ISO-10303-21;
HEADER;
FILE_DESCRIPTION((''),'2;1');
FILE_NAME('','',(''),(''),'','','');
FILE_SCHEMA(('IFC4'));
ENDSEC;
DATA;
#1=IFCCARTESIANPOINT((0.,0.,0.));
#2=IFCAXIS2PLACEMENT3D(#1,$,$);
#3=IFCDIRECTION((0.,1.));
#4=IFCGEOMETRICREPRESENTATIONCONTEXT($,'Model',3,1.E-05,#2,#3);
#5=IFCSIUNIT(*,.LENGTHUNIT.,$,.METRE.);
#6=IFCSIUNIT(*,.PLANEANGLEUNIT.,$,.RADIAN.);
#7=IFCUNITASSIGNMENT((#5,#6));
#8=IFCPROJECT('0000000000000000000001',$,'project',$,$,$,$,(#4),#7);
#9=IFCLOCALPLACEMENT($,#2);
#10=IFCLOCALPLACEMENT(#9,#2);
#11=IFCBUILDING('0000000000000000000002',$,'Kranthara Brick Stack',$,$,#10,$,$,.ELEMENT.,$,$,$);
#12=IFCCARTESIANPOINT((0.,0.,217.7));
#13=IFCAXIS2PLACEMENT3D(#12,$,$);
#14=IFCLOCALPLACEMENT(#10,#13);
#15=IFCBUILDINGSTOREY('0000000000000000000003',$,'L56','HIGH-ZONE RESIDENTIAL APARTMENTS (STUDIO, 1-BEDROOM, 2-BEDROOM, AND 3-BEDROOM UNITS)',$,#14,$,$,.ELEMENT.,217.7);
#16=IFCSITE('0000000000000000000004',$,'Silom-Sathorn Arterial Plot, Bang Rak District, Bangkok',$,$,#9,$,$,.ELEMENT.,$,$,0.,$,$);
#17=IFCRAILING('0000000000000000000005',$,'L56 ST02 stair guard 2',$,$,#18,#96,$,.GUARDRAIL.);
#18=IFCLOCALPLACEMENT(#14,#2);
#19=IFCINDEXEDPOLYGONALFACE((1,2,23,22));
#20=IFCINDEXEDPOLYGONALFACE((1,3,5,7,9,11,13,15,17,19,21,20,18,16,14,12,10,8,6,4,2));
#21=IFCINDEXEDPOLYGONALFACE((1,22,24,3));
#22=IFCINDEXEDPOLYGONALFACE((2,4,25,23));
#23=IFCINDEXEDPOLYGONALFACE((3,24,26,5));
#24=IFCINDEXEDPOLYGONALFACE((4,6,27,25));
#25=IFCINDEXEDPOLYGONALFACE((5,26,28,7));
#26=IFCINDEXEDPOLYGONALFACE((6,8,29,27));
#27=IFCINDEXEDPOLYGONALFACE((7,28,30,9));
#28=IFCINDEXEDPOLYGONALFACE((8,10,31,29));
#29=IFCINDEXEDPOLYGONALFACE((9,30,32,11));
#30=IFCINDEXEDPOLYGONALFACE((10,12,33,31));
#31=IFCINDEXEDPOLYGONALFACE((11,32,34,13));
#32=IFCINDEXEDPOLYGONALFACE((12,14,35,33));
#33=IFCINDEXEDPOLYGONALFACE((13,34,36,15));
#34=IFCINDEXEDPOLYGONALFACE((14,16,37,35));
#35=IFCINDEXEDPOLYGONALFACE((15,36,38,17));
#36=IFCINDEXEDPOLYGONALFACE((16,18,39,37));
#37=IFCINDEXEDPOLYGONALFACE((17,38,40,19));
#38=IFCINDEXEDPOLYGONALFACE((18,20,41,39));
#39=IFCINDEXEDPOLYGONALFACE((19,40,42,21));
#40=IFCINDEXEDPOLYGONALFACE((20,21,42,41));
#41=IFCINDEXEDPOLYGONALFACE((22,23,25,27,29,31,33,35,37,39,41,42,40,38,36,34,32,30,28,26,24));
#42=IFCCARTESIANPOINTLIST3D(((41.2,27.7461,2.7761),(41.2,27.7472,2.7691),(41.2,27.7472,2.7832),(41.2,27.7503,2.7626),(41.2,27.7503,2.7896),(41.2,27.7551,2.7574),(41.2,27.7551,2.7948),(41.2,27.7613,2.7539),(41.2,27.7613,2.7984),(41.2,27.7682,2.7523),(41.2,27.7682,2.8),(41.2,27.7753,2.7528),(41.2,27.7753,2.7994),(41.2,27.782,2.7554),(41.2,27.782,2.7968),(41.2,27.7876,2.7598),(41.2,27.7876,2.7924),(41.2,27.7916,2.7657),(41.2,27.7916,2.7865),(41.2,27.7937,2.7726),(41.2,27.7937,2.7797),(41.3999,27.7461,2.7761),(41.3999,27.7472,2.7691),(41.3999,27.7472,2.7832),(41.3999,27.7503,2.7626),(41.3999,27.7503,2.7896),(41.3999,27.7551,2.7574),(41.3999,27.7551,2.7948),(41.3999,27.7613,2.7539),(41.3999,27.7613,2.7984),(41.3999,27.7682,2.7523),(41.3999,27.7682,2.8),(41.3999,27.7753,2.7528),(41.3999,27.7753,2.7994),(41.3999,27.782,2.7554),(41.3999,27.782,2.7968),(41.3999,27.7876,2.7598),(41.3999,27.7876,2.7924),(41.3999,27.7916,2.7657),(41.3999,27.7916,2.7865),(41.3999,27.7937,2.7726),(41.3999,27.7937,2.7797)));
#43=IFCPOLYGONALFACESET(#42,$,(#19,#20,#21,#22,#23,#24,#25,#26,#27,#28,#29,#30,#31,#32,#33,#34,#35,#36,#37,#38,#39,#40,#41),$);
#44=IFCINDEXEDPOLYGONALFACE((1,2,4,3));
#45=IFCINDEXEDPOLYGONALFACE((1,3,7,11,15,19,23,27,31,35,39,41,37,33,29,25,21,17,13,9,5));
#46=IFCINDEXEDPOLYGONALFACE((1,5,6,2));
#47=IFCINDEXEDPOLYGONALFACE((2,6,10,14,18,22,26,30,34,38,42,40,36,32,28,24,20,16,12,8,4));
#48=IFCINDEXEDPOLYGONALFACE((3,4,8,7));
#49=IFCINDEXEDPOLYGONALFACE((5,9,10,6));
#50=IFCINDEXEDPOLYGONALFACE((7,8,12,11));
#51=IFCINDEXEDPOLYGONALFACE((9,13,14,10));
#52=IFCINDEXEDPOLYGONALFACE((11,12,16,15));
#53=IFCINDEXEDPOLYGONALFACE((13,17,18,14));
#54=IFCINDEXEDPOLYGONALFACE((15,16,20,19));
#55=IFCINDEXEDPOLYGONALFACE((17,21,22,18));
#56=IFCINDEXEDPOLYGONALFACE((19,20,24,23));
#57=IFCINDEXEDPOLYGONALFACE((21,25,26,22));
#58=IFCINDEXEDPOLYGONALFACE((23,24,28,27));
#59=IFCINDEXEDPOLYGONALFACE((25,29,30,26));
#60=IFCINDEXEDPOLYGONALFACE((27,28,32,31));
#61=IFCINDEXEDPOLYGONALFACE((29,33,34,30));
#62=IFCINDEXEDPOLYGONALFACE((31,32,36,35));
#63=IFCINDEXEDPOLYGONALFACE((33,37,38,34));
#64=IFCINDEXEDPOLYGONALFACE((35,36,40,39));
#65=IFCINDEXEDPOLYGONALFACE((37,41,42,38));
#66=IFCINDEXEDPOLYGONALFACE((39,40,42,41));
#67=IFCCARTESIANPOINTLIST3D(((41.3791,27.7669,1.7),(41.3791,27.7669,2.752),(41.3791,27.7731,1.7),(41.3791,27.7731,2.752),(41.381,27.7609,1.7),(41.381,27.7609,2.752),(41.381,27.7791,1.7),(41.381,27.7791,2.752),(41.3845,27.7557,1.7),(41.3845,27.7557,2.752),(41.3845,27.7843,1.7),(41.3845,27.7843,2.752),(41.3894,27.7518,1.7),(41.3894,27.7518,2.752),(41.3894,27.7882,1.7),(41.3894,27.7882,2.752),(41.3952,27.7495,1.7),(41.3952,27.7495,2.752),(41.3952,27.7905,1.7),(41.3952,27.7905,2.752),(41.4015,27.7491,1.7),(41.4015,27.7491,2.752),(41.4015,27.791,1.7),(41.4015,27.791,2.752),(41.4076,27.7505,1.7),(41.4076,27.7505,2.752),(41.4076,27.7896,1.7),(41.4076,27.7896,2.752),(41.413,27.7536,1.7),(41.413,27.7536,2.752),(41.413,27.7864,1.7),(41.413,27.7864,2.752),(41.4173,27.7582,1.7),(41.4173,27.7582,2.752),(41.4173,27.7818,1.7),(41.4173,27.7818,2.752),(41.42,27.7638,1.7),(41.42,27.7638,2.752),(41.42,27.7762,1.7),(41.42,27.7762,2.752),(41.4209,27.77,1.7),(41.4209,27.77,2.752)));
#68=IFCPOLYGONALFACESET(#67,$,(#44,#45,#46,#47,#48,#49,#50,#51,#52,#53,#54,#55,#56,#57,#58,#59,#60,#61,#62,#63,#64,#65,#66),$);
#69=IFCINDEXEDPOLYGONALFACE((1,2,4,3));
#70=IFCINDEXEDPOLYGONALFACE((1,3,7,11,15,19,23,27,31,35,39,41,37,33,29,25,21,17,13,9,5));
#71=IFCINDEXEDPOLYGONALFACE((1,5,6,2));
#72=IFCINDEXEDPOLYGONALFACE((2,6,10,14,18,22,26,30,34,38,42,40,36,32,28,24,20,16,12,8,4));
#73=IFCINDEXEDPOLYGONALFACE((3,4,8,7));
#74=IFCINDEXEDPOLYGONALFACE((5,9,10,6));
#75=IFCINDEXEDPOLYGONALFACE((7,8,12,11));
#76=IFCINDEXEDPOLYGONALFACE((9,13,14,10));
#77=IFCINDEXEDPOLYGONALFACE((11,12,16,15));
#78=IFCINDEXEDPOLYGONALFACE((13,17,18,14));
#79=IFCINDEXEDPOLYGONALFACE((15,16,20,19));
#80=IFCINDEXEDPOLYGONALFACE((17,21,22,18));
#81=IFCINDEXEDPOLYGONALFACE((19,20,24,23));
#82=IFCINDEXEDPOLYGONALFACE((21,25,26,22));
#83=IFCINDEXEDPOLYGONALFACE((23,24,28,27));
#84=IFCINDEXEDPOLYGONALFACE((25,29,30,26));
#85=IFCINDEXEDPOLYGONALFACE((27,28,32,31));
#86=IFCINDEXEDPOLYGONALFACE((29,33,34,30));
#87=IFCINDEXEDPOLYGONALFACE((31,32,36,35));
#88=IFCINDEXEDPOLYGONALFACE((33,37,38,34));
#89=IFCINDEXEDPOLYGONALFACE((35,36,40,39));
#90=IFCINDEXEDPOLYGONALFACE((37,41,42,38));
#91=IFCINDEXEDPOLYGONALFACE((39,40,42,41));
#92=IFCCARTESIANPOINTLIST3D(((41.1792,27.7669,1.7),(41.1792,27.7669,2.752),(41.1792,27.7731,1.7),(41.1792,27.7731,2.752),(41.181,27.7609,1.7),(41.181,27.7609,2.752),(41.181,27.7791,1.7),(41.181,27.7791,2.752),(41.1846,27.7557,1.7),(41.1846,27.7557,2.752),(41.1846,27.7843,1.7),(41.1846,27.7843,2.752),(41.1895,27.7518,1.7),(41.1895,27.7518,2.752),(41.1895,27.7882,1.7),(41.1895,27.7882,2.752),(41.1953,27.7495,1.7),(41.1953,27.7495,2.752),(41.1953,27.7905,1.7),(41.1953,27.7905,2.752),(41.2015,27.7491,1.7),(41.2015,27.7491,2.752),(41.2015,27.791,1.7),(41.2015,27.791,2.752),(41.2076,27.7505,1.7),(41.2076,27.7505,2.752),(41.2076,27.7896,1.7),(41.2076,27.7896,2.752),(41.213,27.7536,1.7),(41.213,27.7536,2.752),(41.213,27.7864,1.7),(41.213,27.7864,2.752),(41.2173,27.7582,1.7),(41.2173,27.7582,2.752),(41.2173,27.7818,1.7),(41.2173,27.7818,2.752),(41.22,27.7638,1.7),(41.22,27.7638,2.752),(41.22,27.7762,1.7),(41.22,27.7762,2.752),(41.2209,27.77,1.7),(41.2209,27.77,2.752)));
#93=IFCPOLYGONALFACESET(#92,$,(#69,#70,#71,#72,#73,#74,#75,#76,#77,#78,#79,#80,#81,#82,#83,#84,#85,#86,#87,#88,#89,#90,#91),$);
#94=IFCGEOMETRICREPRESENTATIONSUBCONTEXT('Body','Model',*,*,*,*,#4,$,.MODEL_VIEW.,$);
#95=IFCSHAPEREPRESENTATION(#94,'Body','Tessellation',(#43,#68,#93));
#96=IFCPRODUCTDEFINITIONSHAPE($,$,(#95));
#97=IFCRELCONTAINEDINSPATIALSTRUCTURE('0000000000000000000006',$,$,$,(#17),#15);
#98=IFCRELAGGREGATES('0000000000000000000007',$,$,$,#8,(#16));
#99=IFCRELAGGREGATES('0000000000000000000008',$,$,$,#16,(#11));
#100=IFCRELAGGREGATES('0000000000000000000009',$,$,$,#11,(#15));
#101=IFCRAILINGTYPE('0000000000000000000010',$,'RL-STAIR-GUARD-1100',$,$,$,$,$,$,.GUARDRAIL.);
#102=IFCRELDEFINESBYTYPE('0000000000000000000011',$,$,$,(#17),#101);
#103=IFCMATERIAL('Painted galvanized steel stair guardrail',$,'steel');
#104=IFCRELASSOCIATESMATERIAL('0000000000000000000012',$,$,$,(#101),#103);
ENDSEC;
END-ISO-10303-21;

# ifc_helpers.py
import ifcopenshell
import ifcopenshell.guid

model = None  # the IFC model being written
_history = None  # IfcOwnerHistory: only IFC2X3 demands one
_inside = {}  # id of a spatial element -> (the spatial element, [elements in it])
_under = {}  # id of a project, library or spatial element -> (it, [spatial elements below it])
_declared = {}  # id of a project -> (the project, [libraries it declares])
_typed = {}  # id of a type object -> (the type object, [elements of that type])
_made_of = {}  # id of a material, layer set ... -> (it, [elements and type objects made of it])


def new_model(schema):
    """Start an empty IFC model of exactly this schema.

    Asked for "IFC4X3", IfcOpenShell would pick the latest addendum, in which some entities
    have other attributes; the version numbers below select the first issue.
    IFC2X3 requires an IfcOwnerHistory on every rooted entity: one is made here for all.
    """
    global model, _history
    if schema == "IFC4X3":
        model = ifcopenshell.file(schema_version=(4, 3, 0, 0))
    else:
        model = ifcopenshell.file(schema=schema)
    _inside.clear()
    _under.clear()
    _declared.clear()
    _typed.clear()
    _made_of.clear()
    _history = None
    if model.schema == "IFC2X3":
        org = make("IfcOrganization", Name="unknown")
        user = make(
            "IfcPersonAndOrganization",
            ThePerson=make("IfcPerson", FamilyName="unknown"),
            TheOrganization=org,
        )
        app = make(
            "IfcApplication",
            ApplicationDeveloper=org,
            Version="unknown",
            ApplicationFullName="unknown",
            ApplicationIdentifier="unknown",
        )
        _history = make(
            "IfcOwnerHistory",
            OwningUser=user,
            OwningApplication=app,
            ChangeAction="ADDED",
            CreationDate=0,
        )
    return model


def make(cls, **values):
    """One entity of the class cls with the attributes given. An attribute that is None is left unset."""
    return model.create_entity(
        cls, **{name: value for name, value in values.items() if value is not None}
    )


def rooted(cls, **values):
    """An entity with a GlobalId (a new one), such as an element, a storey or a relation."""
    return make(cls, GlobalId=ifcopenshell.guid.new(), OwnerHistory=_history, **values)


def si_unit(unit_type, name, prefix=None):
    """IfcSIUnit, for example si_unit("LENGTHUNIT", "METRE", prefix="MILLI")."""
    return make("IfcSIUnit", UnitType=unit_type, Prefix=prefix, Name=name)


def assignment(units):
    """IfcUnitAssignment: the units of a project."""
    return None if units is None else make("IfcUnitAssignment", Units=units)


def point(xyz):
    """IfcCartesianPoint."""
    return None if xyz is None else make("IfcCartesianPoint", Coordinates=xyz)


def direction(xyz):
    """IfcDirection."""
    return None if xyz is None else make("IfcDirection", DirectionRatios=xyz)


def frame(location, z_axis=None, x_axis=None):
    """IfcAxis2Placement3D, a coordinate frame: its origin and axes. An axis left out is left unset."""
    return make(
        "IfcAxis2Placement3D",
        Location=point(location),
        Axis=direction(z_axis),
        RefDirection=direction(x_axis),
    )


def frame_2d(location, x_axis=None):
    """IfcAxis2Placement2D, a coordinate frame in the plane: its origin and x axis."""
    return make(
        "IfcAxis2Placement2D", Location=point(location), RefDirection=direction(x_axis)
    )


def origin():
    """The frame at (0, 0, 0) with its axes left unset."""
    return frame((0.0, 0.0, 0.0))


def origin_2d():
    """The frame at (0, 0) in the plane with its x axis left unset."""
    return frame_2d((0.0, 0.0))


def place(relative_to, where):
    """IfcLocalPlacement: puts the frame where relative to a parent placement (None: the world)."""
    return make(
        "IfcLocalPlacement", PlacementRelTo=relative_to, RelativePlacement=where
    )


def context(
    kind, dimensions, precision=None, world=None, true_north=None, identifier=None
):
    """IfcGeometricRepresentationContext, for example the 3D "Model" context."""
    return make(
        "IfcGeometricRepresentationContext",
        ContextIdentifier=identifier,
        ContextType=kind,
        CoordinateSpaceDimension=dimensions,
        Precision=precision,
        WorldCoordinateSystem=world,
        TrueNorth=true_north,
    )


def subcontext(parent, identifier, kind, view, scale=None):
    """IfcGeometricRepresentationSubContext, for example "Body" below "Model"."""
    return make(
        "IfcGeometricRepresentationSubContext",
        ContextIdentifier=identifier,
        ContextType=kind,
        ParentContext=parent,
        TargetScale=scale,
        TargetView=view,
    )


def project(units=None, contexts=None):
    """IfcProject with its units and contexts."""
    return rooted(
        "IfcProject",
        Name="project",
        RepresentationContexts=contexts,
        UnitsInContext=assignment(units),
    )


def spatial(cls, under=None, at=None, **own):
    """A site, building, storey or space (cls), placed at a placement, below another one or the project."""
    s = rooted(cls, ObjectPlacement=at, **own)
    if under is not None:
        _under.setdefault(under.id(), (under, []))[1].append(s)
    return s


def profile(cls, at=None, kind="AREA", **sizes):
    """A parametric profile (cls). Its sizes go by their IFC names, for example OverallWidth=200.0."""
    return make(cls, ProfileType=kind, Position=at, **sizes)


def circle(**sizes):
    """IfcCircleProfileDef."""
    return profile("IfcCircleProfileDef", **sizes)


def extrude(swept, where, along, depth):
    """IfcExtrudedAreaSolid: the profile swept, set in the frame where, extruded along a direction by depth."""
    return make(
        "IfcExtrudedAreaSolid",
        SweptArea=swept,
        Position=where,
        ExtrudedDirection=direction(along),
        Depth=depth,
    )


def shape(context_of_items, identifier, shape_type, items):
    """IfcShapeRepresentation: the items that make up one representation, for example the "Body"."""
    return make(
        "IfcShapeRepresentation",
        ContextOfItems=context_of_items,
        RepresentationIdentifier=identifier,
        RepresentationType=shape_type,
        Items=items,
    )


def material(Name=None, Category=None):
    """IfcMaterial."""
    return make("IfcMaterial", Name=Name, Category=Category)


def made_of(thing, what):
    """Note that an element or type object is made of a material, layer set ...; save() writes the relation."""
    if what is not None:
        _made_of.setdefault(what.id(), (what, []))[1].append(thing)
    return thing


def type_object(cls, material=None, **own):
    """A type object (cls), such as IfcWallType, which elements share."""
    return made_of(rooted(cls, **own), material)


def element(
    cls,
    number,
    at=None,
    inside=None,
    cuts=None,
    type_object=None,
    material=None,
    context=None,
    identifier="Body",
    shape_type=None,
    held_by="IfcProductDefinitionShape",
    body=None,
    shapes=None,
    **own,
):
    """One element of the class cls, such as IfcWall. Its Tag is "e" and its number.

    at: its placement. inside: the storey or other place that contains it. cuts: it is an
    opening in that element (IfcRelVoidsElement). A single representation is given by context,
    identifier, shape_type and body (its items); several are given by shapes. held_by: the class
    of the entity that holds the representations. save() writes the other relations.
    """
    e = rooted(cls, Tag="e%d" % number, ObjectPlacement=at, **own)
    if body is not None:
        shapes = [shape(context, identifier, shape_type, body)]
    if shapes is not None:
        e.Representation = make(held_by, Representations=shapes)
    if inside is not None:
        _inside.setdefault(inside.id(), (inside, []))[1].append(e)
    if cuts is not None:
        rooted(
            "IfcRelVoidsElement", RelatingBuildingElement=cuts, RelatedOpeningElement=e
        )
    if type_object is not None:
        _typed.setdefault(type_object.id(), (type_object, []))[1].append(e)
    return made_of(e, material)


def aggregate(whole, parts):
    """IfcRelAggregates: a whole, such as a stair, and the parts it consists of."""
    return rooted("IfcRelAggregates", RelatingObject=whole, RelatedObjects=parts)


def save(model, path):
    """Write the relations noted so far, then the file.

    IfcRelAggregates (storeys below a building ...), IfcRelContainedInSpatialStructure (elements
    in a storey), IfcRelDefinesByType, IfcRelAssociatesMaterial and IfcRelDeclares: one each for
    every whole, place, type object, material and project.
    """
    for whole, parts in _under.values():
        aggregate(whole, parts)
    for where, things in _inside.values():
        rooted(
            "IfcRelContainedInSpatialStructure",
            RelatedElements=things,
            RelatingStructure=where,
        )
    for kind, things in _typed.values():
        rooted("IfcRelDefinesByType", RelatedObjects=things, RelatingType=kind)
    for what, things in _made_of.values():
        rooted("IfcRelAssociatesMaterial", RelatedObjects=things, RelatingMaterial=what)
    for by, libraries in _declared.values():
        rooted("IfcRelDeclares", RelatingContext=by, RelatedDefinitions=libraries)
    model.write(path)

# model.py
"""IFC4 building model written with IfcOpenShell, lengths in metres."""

from ifc_helpers import new_model, si_unit, direction, frame, origin, origin_2d, place, context, subcontext, project, spatial, circle, extrude, material, type_object, element, save


model = new_model("IFC4")

# Units and contexts
model_context = context("Model", 3, precision=1e-05, world=origin(), true_north=direction((0.0, 1.0)))
body_context = subcontext(model_context, "Body", "Model", "MODEL_VIEW")
ifc_project = project(units=[si_unit("LENGTHUNIT", "METRE"), si_unit("PLANEANGLEUNIT", "RADIAN")], contexts=[model_context])

# Site, building, storey
site_placement = place(None, origin())
site = spatial("IfcSite", under=ifc_project, at=site_placement, Name="Silom-Sathorn Arterial Plot, Bang Rak District, Bangkok", CompositionType="ELEMENT", RefElevation=0.0)
building_placement = place(site_placement, origin())
building = spatial("IfcBuilding", under=site, at=building_placement, Name="Kranthara Brick Stack", CompositionType="ELEMENT")
storey_placement = place(building_placement, frame((0.0, 0.0, 217.7)))
storey = spatial("IfcBuildingStorey", under=building, at=storey_placement, Name="L56", Description="HIGH-ZONE RESIDENTIAL APARTMENTS (STUDIO, 1-BEDROOM, 2-BEDROOM, AND 3-BEDROOM UNITS)", CompositionType="ELEMENT", Elevation=217.7)

# Railing
ifc_material_1 = material(Name="Painted galvanized steel stair guardrail", Category="steel")
railing_type_1 = type_object("IfcRailingType", Name="RL-STAIR-GUARD-1100", PredefinedType="GUARDRAIL", material=ifc_material_1)
railing_1_placement = place(storey_placement, frame((41.3999, 27.77, 1.7)))
element("IfcRailing", 1, at=railing_1_placement, inside=storey, type_object=railing_type_1, Name="L56 ST02 stair guard 2", PredefinedType="GUARDRAIL", context=body_context, shape_type="SweptSolid", body=[
    extrude(circle(Radius=0.0239, at=origin_2d()), frame((0.0, 0.0, 1.0762), z_axis=(-1.0, 0.0, 0.0), x_axis=(0.0, -1.0, 0.0)), (0.0, 0.0, 1.0), 0.2),
    extrude(circle(Radius=0.021, at=origin_2d()), origin(), (0.0, 0.0, 1.0), 1.052),
    extrude(circle(Radius=0.021, at=origin_2d()), frame((-0.2, 0.0, 0.0)), (0.0, 0.0, 1.0), 1.052),
])

save(model, "model.ifc")
